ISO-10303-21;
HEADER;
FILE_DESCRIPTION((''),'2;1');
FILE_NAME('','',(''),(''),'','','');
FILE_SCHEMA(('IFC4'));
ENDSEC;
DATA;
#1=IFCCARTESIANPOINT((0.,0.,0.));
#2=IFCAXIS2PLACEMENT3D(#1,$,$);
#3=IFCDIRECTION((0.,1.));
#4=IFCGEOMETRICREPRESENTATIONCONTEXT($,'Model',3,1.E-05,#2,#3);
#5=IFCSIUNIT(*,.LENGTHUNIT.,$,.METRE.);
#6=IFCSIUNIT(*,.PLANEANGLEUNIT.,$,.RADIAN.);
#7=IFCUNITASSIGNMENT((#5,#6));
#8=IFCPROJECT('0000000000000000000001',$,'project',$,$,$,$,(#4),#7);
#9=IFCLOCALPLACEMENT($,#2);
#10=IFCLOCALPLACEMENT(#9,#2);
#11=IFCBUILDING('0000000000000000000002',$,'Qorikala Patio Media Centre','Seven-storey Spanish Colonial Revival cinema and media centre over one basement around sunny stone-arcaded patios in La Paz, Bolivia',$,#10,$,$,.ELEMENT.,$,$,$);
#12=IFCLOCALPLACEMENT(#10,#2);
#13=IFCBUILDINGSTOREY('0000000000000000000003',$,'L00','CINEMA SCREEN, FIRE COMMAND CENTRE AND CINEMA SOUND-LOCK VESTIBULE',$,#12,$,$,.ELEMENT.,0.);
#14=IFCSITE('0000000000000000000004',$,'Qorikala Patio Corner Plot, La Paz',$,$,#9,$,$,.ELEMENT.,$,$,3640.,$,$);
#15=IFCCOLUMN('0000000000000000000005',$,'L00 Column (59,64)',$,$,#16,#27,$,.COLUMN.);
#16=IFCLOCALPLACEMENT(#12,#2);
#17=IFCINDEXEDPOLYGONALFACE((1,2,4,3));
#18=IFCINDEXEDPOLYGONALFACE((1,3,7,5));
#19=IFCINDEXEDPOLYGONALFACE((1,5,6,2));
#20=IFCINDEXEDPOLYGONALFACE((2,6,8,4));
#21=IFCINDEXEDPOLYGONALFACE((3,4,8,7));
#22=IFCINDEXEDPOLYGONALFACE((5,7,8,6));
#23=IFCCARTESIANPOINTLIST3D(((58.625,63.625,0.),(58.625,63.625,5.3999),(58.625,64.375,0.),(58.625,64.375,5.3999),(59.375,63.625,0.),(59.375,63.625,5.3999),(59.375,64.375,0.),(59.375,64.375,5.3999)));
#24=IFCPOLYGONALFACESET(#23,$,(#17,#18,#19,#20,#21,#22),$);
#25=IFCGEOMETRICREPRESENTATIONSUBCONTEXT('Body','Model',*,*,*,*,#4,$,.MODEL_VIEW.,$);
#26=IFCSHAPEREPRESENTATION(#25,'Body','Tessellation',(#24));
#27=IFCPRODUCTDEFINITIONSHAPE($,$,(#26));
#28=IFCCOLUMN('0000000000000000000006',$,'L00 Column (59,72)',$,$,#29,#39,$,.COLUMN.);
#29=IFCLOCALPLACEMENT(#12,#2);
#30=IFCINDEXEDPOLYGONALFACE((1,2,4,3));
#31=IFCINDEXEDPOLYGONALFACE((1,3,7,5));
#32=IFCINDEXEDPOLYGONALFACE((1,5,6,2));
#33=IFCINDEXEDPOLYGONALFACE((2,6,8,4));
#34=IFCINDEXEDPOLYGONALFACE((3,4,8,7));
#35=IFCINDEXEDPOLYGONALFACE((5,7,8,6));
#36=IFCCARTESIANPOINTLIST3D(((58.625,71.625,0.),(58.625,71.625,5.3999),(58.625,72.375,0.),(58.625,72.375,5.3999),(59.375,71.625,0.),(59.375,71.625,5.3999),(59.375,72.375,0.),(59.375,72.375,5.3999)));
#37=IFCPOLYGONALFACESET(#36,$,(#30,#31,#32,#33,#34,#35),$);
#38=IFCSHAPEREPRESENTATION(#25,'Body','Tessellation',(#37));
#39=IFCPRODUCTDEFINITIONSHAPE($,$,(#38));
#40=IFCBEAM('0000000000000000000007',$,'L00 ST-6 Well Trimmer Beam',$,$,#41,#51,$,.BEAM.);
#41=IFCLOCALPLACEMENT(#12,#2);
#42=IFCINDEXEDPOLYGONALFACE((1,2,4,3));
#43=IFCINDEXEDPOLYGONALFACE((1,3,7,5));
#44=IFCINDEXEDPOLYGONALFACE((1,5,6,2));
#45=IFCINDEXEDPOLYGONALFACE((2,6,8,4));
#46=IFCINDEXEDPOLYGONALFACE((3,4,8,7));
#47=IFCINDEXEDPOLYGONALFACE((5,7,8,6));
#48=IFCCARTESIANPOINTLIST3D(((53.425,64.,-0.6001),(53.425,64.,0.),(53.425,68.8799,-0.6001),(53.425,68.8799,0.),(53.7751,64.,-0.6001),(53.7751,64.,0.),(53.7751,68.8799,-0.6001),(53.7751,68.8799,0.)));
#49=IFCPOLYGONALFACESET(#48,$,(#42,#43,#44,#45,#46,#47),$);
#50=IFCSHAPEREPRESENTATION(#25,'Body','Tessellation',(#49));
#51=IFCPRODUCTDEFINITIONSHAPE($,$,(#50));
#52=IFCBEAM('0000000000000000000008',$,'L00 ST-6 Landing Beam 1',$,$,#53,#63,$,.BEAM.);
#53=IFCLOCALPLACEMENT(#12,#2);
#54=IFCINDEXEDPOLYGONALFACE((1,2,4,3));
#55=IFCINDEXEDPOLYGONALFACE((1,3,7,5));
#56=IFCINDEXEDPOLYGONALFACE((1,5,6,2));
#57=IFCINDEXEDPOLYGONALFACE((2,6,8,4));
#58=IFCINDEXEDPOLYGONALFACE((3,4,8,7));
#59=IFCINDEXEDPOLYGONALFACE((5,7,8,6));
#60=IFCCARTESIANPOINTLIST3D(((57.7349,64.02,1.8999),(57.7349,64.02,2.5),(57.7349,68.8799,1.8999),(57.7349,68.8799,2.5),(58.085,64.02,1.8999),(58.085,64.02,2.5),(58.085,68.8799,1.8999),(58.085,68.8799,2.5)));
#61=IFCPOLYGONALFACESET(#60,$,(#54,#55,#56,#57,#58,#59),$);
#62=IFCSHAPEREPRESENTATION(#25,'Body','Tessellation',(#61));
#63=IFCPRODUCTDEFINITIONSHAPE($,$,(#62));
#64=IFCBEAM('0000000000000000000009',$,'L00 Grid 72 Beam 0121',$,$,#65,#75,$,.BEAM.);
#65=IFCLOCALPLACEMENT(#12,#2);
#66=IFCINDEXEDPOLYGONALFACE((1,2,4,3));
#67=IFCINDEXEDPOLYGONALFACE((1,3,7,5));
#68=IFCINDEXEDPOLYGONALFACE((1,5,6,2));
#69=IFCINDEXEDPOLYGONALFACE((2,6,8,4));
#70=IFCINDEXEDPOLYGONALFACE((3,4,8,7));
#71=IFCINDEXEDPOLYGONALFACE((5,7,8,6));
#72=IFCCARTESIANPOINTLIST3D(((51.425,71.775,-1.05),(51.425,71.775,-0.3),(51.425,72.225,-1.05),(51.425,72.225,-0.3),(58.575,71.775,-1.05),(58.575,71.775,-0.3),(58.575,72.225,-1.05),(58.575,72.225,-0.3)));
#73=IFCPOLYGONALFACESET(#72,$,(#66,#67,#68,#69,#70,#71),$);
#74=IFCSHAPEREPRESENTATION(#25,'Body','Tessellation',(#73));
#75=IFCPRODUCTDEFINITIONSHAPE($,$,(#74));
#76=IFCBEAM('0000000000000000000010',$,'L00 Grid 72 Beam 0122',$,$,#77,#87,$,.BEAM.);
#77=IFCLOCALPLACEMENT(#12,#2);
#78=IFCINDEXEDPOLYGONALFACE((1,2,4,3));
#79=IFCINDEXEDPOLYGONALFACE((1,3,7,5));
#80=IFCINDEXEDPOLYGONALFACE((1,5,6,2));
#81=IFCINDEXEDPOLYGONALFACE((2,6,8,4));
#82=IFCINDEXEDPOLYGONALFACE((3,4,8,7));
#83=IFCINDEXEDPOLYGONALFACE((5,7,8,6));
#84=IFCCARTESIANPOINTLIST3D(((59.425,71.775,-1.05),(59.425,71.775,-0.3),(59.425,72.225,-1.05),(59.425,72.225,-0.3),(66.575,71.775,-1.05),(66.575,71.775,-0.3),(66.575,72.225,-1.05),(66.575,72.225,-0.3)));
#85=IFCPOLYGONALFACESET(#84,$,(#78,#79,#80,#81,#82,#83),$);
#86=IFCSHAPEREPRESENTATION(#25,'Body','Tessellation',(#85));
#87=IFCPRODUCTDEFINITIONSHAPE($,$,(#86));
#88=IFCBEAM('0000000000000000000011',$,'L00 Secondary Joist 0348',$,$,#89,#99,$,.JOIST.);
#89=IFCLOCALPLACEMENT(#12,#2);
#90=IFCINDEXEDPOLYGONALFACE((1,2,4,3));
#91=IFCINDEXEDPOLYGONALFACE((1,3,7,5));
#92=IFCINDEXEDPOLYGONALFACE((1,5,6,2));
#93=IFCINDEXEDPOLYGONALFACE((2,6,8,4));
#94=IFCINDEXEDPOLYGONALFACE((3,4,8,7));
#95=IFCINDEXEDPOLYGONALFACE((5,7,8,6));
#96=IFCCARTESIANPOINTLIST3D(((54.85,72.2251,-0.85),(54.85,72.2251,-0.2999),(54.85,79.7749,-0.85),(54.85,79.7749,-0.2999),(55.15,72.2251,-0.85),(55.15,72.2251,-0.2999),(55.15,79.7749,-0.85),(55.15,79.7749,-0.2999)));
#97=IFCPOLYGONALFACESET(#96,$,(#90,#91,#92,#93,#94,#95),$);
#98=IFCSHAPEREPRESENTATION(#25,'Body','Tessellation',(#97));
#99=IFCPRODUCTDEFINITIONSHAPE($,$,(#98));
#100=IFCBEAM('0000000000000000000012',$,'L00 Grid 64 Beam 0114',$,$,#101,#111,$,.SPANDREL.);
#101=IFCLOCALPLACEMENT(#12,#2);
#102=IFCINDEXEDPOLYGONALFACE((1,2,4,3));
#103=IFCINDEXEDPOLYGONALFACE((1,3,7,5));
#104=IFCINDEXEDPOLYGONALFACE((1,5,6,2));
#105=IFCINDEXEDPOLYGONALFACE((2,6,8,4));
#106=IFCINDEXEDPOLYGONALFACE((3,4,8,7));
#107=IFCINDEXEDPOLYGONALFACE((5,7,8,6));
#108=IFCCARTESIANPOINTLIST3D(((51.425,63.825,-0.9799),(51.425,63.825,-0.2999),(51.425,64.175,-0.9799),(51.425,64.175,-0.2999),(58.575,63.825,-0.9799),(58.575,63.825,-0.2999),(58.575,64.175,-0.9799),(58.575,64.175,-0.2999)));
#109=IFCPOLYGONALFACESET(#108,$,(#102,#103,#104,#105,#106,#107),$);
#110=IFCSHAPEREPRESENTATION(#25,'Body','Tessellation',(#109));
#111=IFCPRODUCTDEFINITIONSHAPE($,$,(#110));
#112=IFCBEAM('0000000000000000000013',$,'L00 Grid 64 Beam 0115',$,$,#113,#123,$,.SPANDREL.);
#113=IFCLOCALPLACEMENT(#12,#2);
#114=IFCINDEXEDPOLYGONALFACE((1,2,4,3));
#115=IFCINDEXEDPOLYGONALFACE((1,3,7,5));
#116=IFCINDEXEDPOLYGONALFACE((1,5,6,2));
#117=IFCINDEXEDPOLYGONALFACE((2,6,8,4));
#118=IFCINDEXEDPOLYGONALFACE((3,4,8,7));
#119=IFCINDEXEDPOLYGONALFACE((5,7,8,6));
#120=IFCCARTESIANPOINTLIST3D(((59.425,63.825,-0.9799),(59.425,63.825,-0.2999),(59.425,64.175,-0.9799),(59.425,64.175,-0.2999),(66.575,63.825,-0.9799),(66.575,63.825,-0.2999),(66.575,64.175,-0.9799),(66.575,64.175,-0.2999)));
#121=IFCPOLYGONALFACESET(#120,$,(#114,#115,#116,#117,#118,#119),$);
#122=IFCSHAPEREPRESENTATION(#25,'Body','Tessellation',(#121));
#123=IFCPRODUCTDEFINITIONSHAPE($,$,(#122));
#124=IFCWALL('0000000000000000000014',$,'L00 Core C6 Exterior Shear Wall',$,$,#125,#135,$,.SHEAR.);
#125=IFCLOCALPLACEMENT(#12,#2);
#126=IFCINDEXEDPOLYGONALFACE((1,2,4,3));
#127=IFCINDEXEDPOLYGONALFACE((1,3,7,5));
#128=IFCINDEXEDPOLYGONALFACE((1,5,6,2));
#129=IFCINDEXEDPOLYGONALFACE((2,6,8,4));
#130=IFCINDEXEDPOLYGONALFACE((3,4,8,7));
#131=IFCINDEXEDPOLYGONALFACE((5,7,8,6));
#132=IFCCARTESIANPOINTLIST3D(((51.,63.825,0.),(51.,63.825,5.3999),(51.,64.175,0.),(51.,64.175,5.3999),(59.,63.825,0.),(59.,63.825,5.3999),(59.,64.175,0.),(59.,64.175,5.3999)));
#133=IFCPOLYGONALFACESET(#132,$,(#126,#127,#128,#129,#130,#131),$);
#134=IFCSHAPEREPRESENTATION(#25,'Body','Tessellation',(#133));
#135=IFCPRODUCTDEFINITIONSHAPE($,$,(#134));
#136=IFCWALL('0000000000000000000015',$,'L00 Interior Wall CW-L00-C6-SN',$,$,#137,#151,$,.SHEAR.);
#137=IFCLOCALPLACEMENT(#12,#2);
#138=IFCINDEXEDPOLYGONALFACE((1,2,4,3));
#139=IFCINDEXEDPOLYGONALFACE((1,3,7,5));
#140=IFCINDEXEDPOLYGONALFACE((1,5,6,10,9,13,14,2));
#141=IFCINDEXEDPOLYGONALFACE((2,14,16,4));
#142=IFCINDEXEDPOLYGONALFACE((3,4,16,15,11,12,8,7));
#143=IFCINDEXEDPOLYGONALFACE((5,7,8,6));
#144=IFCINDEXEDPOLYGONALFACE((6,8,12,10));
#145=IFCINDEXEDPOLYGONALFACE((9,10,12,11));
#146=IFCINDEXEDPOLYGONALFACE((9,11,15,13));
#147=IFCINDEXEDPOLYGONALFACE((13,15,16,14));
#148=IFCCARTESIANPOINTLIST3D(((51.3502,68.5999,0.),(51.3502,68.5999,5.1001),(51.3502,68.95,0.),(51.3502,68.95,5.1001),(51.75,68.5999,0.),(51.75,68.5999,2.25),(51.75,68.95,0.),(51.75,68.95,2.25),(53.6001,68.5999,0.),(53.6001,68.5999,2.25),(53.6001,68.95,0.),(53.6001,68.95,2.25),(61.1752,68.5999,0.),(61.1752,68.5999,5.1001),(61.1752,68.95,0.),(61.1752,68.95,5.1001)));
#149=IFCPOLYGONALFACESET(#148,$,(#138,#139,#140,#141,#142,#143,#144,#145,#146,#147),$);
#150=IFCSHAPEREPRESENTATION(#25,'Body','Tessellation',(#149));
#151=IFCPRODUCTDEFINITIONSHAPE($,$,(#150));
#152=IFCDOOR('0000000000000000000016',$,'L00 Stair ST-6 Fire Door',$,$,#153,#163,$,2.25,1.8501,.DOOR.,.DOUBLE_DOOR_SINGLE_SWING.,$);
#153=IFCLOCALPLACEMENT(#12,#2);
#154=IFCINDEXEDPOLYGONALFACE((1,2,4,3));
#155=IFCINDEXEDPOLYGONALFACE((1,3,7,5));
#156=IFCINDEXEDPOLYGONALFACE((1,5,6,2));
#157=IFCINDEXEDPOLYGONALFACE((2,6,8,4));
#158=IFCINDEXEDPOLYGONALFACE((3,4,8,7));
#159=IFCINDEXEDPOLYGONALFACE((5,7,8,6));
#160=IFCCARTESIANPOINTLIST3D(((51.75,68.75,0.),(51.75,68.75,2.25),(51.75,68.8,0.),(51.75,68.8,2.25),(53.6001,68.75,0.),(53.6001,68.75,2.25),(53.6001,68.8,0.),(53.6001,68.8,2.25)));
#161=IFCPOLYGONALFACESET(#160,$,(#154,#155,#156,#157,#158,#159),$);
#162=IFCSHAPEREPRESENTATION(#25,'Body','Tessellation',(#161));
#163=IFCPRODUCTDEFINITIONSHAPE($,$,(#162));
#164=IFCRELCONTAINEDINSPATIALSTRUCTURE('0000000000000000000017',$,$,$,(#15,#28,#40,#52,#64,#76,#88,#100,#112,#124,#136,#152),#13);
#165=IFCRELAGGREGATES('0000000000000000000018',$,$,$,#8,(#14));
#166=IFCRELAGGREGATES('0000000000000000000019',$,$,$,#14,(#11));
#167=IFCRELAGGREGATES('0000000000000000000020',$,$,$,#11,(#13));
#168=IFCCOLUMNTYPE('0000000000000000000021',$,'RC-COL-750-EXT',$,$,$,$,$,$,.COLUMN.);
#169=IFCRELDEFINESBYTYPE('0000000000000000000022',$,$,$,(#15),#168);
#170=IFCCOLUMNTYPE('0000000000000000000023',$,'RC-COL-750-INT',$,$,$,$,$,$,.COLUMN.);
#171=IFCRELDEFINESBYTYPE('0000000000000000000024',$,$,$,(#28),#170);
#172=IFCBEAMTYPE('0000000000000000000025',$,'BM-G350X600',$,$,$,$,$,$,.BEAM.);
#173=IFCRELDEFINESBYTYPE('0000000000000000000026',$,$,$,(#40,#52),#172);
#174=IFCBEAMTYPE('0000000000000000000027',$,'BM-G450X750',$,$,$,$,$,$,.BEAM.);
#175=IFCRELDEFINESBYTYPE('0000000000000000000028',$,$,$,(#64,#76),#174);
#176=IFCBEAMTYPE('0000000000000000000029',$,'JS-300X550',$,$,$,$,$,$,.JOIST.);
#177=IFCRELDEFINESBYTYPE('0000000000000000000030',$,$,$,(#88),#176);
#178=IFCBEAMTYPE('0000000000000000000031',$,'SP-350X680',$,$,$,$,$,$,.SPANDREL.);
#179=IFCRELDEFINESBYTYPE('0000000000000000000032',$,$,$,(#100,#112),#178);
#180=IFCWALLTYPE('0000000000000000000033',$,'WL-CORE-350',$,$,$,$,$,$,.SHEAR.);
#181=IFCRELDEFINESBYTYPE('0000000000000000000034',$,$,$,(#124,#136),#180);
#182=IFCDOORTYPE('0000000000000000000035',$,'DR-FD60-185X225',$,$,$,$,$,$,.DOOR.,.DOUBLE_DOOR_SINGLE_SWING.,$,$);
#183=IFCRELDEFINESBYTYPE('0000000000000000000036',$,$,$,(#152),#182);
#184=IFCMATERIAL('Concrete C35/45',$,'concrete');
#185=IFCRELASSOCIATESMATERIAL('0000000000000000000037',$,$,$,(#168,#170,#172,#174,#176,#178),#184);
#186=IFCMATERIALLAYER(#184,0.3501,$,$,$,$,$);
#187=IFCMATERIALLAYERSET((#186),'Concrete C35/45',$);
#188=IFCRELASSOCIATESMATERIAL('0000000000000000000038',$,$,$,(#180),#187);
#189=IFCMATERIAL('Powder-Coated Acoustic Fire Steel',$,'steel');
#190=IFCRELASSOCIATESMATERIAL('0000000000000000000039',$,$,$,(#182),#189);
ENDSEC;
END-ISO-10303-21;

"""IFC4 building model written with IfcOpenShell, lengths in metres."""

from ifc_helpers import new_model, si_unit, direction, frame, frame_2d, origin, origin_2d, place, context, subcontext, project, spatial, rectangle, extrude, material, layer, layer_set, material_profile, profile_set, type_object, element, fill, save


model = new_model("IFC4")

# Units and contexts
model_context = context("Model", 3, precision=1e-05, world=origin(), true_north=direction((0.0, 1.0)))
body_context = subcontext(model_context, "Body", "Model", "MODEL_VIEW")
ifc_project = project(units=[si_unit("LENGTHUNIT", "METRE"), si_unit("PLANEANGLEUNIT", "RADIAN")], contexts=[model_context])

# Site, building, storey
site_placement = place(None, origin())
site = spatial("IfcSite", under=ifc_project, at=site_placement, Name="Qorikala Patio Corner Plot, La Paz", CompositionType="ELEMENT", RefElevation=3640.0)
building_placement = place(site_placement, origin())
building = spatial("IfcBuilding", under=site, at=building_placement, Name="Qorikala Patio Media Centre", Description="Seven-storey Spanish Colonial Revival cinema and media centre over one basement around sunny stone-arcaded patios in La Paz, Bolivia", CompositionType="ELEMENT")
storey_placement = place(building_placement, origin())
storey = spatial("IfcBuildingStorey", under=building, at=storey_placement, Name="L00", Description="CINEMA SCREEN, FIRE COMMAND CENTRE AND CINEMA SOUND-LOCK VESTIBULE", CompositionType="ELEMENT", Elevation=0.0)

# Columns
ifc_material_1 = material(Name="Concrete C35/45", Category="concrete")
ifc_material_profile_1 = material_profile(ifc_material_1, rectangle(XDim=0.75, YDim=0.75, at=origin_2d()), Name="RC 750x750")
ifc_profile_set_1 = profile_set([ifc_material_profile_1], Name="Concrete C35/45")
column_type_1 = type_object("IfcColumnType", Name="RC-COL-750-EXT", PredefinedType="COLUMN", material=ifc_profile_set_1)
column_1_placement = place(storey_placement, frame((59.0, 64.0, 0.0), z_axis=(0.0, 0.0, 1.0), x_axis=(1.0, 0.0, 0.0)))
element("IfcColumn", 1, at=column_1_placement, inside=storey, type_object=column_type_1, Name="L00 Column (59,64)", PredefinedType="COLUMN", context=body_context, shape_type="SweptSolid", body=[
    extrude(rectangle(XDim=0.75, YDim=0.75, at=origin_2d()), origin(), (0.0, 0.0, 1.0), 5.3999),
])
ifc_material_profile_2 = material_profile(ifc_material_1, rectangle(XDim=0.75, YDim=0.75, at=origin_2d()), Name="RC 750x750")
ifc_profile_set_2 = profile_set([ifc_material_profile_2], Name="Concrete C35/45")
column_type_2 = type_object("IfcColumnType", Name="RC-COL-750-INT", PredefinedType="COLUMN", material=ifc_profile_set_2)
column_2_placement = place(storey_placement, frame((59.0, 72.0, 0.0), z_axis=(0.0, 0.0, 1.0), x_axis=(1.0, 0.0, 0.0)))
element("IfcColumn", 2, at=column_2_placement, inside=storey, type_object=column_type_2, Name="L00 Column (59,72)", PredefinedType="COLUMN", context=body_context, shape_type="SweptSolid", body=[
    extrude(rectangle(XDim=0.75, YDim=0.75, at=origin_2d()), origin(), (0.0, 0.0, 1.0), 5.3999),
])

# Beams
ifc_material_profile_3 = material_profile(ifc_material_1, rectangle(XDim=0.3501, YDim=0.6001, at=origin_2d()), Name="RC 350x600")
ifc_profile_set_3 = profile_set([ifc_material_profile_3], Name="Concrete C35/45")
beam_type_1 = type_object("IfcBeamType", Name="BM-G350X600", PredefinedType="BEAM", material=ifc_profile_set_3)
beam_1_placement = place(storey_placement, frame((53.6001, 64.0, -0.3), z_axis=(0.0, 1.0, 0.0), x_axis=(-1.0, 0.0, 0.0)))
element("IfcBeam", 3, at=beam_1_placement, inside=storey, type_object=beam_type_1, Name="L00 ST-6 Well Trimmer Beam", PredefinedType="BEAM", context=body_context, shape_type="SweptSolid", body=[
    extrude(rectangle(XDim=0.3501, YDim=0.6001, at=origin_2d()), origin(), (0.0, 0.0, 1.0), 4.8799),
])
beam_2_placement = place(storey_placement, frame((57.9099, 64.02, 2.2), z_axis=(0.0, 1.0, 0.0), x_axis=(-1.0, 0.0, 0.0)))
element("IfcBeam", 4, at=beam_2_placement, inside=storey, type_object=beam_type_1, Name="L00 ST-6 Landing Beam 1", PredefinedType="BEAM", context=body_context, shape_type="SweptSolid", body=[
    extrude(rectangle(XDim=0.3501, YDim=0.6001, at=origin_2d()), origin(), (0.0, 0.0, 1.0), 4.8599),
])
ifc_material_profile_4 = material_profile(ifc_material_1, rectangle(XDim=0.45, YDim=0.75, at=origin_2d()), Name="RC 450x750")
ifc_profile_set_4 = profile_set([ifc_material_profile_4], Name="Concrete C35/45")
beam_type_2 = type_object("IfcBeamType", Name="BM-G450X750", PredefinedType="BEAM", material=ifc_profile_set_4)
for number, where, z_axis, x_axis, name in (
    (5, (51.425, 72.0, -0.675), (1.0, 0.0, 0.0), (0.0, 1.0, 0.0), "L00 Grid 72 Beam 0121"),
    (6, (59.425, 72.0, -0.675), (1.0, 0.0, 0.0), (0.0, 1.0, 0.0), "L00 Grid 72 Beam 0122"),
):
    element("IfcBeam", number, at=place(storey_placement, frame(where, z_axis=z_axis, x_axis=x_axis)), inside=storey, type_object=beam_type_2, Name=name, PredefinedType="BEAM", context=body_context, shape_type="SweptSolid", body=[
        extrude(rectangle(XDim=0.45, YDim=0.75, at=origin_2d()), origin(), (0.0, 0.0, 1.0), 7.1499),
    ])
ifc_material_profile_5 = material_profile(ifc_material_1, rectangle(XDim=0.3, YDim=0.55, at=origin_2d()), Name="RC 300x550")
ifc_profile_set_5 = profile_set([ifc_material_profile_5], Name="Concrete C35/45")
beam_type_3 = type_object("IfcBeamType", Name="JS-300X550", PredefinedType="JOIST", material=ifc_profile_set_5)
beam_3_placement = place(storey_placement, frame((55.0, 72.2251, -0.575), z_axis=(0.0, 1.0, 0.0), x_axis=(-1.0, 0.0, 0.0)))
element("IfcBeam", 7, at=beam_3_placement, inside=storey, type_object=beam_type_3, Name="L00 Secondary Joist 0348", PredefinedType="JOIST", context=body_context, shape_type="SweptSolid", body=[
    extrude(rectangle(XDim=0.3, YDim=0.55, at=origin_2d()), origin(), (0.0, 0.0, 1.0), 7.5498),
])
ifc_material_profile_6 = material_profile(ifc_material_1, rectangle(XDim=0.3501, YDim=0.6799, at=origin_2d()), Name="RC 350x680")
ifc_profile_set_6 = profile_set([ifc_material_profile_6], Name="Concrete C35/45")
beam_type_4 = type_object("IfcBeamType", Name="SP-350X680", PredefinedType="SPANDREL", material=ifc_profile_set_6)
for number, where, z_axis, x_axis, name in (
    (8, (51.425, 64.0, -0.6399), (1.0, 0.0, 0.0), (0.0, 1.0, 0.0), "L00 Grid 64 Beam 0114"),
    (9, (59.425, 64.0, -0.6399), (1.0, 0.0, 0.0), (0.0, 1.0, 0.0), "L00 Grid 64 Beam 0115"),
):
    element("IfcBeam", number, at=place(storey_placement, frame(where, z_axis=z_axis, x_axis=x_axis)), inside=storey, type_object=beam_type_4, Name=name, PredefinedType="SPANDREL", context=body_context, shape_type="SweptSolid", body=[
        extrude(rectangle(XDim=0.3501, YDim=0.6799, at=origin_2d()), origin(), (0.0, 0.0, 1.0), 7.1499),
    ])

# Wall
ifc_layer_1 = layer(ifc_material_1, 0.3501)
ifc_layer_set_1 = layer_set([ifc_layer_1], Name="Concrete C35/45")
wall_type_1 = type_object("IfcWallType", Name="WL-CORE-350", PredefinedType="SHEAR", material=ifc_layer_set_1)
wall_1_placement = place(storey_placement, frame((59.0, 64.0, 0.0), z_axis=(0.0, 0.0, 1.0), x_axis=(-1.0, 0.0, 0.0)))
element("IfcWall", 10, at=wall_1_placement, inside=storey, type_object=wall_type_1, Name="L00 Core C6 Exterior Shear Wall", PredefinedType="SHEAR", context=body_context, shape_type="SweptSolid", body=[
    extrude(rectangle(XDim=8.0, YDim=0.3501, at=frame_2d((4.0, 0.0))), origin(), (0.0, 0.0, 1.0), 5.3999),
])

# Wall, opening, door
wall_2_placement = place(storey_placement, frame((51.3501, 68.7749, 0.0), z_axis=(0.0, 0.0, 1.0), x_axis=(1.0, 0.0, 0.0)))
wall_2 = element("IfcWall", 11, at=wall_2_placement, inside=storey, type_object=wall_type_1, Name="L00 Interior Wall CW-L00-C6-SN", PredefinedType="SHEAR", context=body_context, shape_type="SweptSolid", body=[
    extrude(rectangle(XDim=9.825, YDim=0.3501, at=frame_2d((4.9126, 0.0))), origin(), (0.0, 0.0, 1.0), 5.1001),
])
opening_1_placement = place(wall_2_placement, frame((0.3999, 0.0, 0.0)))
opening_1 = element("IfcOpeningElement", 12, at=opening_1_placement, cuts=wall_2, PredefinedType="OPENING", context=body_context, shape_type="SweptSolid", body=[
    extrude(rectangle(XDim=1.8501, YDim=2.25, at=frame_2d((0.925, 1.125))), frame((0.0, 0.1851, 0.0), z_axis=(0.0, -1.0, 0.0), x_axis=(1.0, 0.0, 0.0)), (0.0, 0.0, 1.0), 0.3701),
])
ifc_material_2 = material(Name="Powder-Coated Acoustic Fire Steel", Category="steel")
door_type_1 = type_object("IfcDoorType", Name="DR-FD60-185X225", OperationType="DOUBLE_DOOR_SINGLE_SWING", PredefinedType="DOOR", material=ifc_material_2)
door_1_placement = place(opening_1_placement, frame((1.8501, 0.0, 0.0), z_axis=(0.0, 0.0, 1.0), x_axis=(-1.0, 0.0, 0.0)))
door_1 = element("IfcDoor", 13, at=door_1_placement, inside=storey, type_object=door_type_1, Name="L00 Stair ST-6 Fire Door", OperationType="DOUBLE_DOOR_SINGLE_SWING", OverallHeight=2.25, OverallWidth=1.8501, PredefinedType="DOOR", context=body_context, shape_type="SweptSolid", body=[
    extrude(rectangle(XDim=1.8501, YDim=2.25, at=frame_2d((0.925, 1.125))), frame((0.0, 0.0249, 0.0), z_axis=(0.0, -1.0, 0.0), x_axis=(1.0, 0.0, 0.0)), (0.0, 0.0, 1.0), 0.05),
])
fill(opening_1, door_1)

save(model, "model.ifc")
